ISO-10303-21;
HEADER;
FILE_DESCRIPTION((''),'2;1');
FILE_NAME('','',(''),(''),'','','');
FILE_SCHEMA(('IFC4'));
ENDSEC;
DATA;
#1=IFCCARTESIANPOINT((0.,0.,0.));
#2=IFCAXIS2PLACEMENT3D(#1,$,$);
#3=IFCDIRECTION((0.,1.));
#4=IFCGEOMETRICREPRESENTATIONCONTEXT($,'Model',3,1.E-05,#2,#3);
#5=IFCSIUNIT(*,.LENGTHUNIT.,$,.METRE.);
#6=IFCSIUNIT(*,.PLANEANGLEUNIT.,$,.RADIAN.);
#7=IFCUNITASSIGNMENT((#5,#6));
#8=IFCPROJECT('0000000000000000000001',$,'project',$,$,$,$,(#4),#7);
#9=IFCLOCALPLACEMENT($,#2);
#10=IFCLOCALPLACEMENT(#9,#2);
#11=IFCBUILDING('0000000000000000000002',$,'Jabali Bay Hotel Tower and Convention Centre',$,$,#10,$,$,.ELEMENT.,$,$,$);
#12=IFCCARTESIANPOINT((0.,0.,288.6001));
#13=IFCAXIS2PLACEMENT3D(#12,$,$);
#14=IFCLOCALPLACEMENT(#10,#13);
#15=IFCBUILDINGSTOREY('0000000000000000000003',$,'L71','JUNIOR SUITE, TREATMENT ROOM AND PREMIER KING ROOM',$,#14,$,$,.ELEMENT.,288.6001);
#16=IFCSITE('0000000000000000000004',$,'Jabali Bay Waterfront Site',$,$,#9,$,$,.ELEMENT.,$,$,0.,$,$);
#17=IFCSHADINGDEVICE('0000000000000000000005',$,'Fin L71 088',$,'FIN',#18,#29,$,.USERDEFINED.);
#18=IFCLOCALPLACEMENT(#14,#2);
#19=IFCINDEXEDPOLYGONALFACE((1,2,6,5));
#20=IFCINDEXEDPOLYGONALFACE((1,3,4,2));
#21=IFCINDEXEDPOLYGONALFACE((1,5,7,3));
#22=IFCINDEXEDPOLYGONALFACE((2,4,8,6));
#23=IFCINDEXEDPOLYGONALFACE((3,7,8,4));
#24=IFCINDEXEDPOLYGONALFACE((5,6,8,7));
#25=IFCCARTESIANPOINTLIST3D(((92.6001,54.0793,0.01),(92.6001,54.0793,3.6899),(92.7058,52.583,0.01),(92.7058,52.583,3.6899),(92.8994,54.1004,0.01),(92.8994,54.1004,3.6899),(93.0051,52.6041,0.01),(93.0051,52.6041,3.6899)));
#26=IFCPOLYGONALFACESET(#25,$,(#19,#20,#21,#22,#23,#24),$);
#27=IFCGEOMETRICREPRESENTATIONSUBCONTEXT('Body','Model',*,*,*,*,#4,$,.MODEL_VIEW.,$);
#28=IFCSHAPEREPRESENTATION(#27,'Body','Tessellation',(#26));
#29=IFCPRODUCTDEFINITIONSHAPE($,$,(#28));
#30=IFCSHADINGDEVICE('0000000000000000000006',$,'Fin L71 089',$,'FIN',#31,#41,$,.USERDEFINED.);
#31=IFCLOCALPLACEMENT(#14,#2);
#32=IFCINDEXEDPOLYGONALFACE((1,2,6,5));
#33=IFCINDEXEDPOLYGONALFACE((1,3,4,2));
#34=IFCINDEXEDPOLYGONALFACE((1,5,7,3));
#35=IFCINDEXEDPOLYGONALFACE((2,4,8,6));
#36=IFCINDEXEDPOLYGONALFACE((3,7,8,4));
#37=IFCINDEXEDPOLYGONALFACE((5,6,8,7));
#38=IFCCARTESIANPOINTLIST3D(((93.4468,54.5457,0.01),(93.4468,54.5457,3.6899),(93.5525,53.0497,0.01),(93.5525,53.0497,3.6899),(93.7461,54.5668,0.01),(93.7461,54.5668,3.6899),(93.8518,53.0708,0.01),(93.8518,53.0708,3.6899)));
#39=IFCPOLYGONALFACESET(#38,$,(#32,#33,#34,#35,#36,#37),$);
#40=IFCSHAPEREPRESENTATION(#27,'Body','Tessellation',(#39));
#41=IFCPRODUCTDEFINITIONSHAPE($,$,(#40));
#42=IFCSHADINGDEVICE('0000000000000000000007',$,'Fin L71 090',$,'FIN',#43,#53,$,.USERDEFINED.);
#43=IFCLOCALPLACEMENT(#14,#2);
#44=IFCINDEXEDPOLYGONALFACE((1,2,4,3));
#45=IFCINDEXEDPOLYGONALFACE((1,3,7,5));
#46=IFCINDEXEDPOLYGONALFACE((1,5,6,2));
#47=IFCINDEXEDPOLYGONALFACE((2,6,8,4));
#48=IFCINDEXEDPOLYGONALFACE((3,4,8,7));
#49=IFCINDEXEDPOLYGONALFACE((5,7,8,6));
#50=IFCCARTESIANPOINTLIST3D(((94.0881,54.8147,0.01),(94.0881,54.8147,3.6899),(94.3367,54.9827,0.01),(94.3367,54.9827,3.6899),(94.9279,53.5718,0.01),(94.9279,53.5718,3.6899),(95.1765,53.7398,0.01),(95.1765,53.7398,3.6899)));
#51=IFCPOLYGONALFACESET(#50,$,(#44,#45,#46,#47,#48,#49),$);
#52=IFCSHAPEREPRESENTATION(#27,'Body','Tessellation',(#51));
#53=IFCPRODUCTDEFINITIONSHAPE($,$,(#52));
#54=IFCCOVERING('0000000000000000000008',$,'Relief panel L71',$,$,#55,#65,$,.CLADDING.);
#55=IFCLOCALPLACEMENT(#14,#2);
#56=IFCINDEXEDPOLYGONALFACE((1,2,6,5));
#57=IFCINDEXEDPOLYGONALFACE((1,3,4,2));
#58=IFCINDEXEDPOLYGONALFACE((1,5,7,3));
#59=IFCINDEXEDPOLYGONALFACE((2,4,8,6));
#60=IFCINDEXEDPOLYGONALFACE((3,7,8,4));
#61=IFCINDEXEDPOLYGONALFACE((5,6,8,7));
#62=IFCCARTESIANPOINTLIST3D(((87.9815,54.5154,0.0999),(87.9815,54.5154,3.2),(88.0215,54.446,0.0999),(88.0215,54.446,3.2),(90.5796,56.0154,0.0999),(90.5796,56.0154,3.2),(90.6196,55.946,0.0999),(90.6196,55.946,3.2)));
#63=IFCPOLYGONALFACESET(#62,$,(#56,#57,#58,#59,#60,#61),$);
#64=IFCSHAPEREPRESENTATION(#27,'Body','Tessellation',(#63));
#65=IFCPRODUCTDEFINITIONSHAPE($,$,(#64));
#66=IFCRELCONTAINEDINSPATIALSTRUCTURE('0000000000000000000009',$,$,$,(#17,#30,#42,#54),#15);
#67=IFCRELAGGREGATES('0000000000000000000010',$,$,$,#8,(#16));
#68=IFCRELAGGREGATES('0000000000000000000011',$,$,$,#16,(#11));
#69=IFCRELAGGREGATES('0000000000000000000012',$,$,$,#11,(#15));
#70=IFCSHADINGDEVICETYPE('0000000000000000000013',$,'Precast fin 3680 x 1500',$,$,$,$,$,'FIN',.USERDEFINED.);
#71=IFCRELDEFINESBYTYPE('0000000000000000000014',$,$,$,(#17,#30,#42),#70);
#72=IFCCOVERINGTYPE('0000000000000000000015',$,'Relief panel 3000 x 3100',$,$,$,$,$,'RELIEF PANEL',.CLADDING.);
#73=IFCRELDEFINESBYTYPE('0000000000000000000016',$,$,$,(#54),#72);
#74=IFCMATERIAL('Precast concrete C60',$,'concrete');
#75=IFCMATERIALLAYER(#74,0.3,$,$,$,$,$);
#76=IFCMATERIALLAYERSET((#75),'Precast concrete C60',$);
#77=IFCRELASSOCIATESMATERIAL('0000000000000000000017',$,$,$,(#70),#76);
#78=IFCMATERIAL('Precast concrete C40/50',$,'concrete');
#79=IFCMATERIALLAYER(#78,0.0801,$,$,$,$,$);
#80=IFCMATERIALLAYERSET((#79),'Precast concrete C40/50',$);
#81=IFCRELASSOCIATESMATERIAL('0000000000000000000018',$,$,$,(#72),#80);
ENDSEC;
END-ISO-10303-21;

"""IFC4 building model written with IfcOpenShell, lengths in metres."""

from ifc_helpers import new_model, si_unit, direction, frame, frame_2d, origin, origin_2d, place, context, subcontext, project, spatial, rectangle, extrude, material, layer, layer_set, type_object, element, save


model = new_model("IFC4")

# Units and contexts
model_context = context("Model", 3, precision=1e-05, world=origin(), true_north=direction((0.0, 1.0)))
body_context = subcontext(model_context, "Body", "Model", "MODEL_VIEW")
ifc_project = project(units=[si_unit("LENGTHUNIT", "METRE"), si_unit("PLANEANGLEUNIT", "RADIAN")], contexts=[model_context])

# Site, building, storey
site_placement = place(None, origin())
site = spatial("IfcSite", under=ifc_project, at=site_placement, Name="Jabali Bay Waterfront Site", CompositionType="ELEMENT", RefElevation=0.0)
building_placement = place(site_placement, origin())
building = spatial("IfcBuilding", under=site, at=building_placement, Name="Jabali Bay Hotel Tower and Convention Centre", CompositionType="ELEMENT")
storey_placement = place(building_placement, frame((0.0, 0.0, 288.6001)))
storey = spatial("IfcBuildingStorey", under=building, at=storey_placement, Name="L71", Description="JUNIOR SUITE, TREATMENT ROOM AND PREMIER KING ROOM", CompositionType="ELEMENT", Elevation=288.6001)

# Shading devices
ifc_material_1 = material(Name="Precast concrete C60", Category="concrete")
ifc_layer_1 = layer(ifc_material_1, 0.3)
ifc_layer_set_1 = layer_set([ifc_layer_1], Name="Precast concrete C60")
shading_device_type = type_object("IfcShadingDeviceType", Name="Precast fin 3680 x 1500", ElementType="FIN", PredefinedType="USERDEFINED", material=ifc_layer_set_1)
shading_device_1_placement = place(storey_placement, frame((92.7498, 54.0898, 0.01), z_axis=(0.0, 0.0, 1.0), x_axis=(0.070472, -0.997514, 0.0)))
element("IfcShadingDevice", 1, at=shading_device_1_placement, inside=storey, type_object=shading_device_type, Name="Fin L71 088", ObjectType="FIN", PredefinedType="USERDEFINED", context=body_context, shape_type="SweptSolid", body=[
    extrude(rectangle(XDim=1.5, YDim=0.3, at=frame_2d((0.75, 0.0))), origin(), (0.0, 0.0, 1.0), 3.6799),
])
shading_device_2_placement = place(storey_placement, frame((93.5964, 54.5564, 0.01), z_axis=(0.0, 0.0, 1.0), x_axis=(0.070484, -0.997513, 0.0)))
element("IfcShadingDevice", 2, at=shading_device_2_placement, inside=storey, type_object=shading_device_type, Name="Fin L71 089", ObjectType="FIN", PredefinedType="USERDEFINED", context=body_context, shape_type="SweptSolid", body=[
    extrude(rectangle(XDim=1.4998, YDim=0.3, at=frame_2d((0.75, 0.0))), origin(), (0.0, 0.0, 1.0), 3.6799),
])
shading_device_3_placement = place(storey_placement, frame((94.2124, 54.8987, 0.01), z_axis=(0.0, 0.0, 1.0), x_axis=(0.559873, -0.828579, 0.0)))
element("IfcShadingDevice", 3, at=shading_device_3_placement, inside=storey, type_object=shading_device_type, Name="Fin L71 090", ObjectType="FIN", PredefinedType="USERDEFINED", context=body_context, shape_type="SweptSolid", body=[
    extrude(rectangle(XDim=1.5, YDim=0.3, at=frame_2d((0.75, 0.0))), origin(), (0.0, 0.0, 1.0), 3.6799),
])

# Covering
ifc_material_2 = material(Name="Precast concrete C40/50", Category="concrete")
ifc_layer_2 = layer(ifc_material_2, 0.0801)
ifc_layer_set_2 = layer_set([ifc_layer_2], Name="Precast concrete C40/50")
covering_type = type_object("IfcCoveringType", Name="Relief panel 3000 x 3100", ElementType="RELIEF PANEL", PredefinedType="CLADDING", material=ifc_layer_set_2)
covering_placement = place(storey_placement, frame((89.3005, 55.2307, 0.0999), z_axis=(0.0, 0.0, 1.0), x_axis=(-0.866025, -0.5, 0.0)))
element("IfcCovering", 4, at=covering_placement, inside=storey, type_object=covering_type, Name="Relief panel L71", PredefinedType="CLADDING", context=body_context, shape_type="SweptSolid", body=[
    extrude(rectangle(XDim=3.0, YDim=0.0801, at=origin_2d()), origin(), (0.0, 0.0, 1.0), 3.1001),
])

save(model, "model.ifc")
